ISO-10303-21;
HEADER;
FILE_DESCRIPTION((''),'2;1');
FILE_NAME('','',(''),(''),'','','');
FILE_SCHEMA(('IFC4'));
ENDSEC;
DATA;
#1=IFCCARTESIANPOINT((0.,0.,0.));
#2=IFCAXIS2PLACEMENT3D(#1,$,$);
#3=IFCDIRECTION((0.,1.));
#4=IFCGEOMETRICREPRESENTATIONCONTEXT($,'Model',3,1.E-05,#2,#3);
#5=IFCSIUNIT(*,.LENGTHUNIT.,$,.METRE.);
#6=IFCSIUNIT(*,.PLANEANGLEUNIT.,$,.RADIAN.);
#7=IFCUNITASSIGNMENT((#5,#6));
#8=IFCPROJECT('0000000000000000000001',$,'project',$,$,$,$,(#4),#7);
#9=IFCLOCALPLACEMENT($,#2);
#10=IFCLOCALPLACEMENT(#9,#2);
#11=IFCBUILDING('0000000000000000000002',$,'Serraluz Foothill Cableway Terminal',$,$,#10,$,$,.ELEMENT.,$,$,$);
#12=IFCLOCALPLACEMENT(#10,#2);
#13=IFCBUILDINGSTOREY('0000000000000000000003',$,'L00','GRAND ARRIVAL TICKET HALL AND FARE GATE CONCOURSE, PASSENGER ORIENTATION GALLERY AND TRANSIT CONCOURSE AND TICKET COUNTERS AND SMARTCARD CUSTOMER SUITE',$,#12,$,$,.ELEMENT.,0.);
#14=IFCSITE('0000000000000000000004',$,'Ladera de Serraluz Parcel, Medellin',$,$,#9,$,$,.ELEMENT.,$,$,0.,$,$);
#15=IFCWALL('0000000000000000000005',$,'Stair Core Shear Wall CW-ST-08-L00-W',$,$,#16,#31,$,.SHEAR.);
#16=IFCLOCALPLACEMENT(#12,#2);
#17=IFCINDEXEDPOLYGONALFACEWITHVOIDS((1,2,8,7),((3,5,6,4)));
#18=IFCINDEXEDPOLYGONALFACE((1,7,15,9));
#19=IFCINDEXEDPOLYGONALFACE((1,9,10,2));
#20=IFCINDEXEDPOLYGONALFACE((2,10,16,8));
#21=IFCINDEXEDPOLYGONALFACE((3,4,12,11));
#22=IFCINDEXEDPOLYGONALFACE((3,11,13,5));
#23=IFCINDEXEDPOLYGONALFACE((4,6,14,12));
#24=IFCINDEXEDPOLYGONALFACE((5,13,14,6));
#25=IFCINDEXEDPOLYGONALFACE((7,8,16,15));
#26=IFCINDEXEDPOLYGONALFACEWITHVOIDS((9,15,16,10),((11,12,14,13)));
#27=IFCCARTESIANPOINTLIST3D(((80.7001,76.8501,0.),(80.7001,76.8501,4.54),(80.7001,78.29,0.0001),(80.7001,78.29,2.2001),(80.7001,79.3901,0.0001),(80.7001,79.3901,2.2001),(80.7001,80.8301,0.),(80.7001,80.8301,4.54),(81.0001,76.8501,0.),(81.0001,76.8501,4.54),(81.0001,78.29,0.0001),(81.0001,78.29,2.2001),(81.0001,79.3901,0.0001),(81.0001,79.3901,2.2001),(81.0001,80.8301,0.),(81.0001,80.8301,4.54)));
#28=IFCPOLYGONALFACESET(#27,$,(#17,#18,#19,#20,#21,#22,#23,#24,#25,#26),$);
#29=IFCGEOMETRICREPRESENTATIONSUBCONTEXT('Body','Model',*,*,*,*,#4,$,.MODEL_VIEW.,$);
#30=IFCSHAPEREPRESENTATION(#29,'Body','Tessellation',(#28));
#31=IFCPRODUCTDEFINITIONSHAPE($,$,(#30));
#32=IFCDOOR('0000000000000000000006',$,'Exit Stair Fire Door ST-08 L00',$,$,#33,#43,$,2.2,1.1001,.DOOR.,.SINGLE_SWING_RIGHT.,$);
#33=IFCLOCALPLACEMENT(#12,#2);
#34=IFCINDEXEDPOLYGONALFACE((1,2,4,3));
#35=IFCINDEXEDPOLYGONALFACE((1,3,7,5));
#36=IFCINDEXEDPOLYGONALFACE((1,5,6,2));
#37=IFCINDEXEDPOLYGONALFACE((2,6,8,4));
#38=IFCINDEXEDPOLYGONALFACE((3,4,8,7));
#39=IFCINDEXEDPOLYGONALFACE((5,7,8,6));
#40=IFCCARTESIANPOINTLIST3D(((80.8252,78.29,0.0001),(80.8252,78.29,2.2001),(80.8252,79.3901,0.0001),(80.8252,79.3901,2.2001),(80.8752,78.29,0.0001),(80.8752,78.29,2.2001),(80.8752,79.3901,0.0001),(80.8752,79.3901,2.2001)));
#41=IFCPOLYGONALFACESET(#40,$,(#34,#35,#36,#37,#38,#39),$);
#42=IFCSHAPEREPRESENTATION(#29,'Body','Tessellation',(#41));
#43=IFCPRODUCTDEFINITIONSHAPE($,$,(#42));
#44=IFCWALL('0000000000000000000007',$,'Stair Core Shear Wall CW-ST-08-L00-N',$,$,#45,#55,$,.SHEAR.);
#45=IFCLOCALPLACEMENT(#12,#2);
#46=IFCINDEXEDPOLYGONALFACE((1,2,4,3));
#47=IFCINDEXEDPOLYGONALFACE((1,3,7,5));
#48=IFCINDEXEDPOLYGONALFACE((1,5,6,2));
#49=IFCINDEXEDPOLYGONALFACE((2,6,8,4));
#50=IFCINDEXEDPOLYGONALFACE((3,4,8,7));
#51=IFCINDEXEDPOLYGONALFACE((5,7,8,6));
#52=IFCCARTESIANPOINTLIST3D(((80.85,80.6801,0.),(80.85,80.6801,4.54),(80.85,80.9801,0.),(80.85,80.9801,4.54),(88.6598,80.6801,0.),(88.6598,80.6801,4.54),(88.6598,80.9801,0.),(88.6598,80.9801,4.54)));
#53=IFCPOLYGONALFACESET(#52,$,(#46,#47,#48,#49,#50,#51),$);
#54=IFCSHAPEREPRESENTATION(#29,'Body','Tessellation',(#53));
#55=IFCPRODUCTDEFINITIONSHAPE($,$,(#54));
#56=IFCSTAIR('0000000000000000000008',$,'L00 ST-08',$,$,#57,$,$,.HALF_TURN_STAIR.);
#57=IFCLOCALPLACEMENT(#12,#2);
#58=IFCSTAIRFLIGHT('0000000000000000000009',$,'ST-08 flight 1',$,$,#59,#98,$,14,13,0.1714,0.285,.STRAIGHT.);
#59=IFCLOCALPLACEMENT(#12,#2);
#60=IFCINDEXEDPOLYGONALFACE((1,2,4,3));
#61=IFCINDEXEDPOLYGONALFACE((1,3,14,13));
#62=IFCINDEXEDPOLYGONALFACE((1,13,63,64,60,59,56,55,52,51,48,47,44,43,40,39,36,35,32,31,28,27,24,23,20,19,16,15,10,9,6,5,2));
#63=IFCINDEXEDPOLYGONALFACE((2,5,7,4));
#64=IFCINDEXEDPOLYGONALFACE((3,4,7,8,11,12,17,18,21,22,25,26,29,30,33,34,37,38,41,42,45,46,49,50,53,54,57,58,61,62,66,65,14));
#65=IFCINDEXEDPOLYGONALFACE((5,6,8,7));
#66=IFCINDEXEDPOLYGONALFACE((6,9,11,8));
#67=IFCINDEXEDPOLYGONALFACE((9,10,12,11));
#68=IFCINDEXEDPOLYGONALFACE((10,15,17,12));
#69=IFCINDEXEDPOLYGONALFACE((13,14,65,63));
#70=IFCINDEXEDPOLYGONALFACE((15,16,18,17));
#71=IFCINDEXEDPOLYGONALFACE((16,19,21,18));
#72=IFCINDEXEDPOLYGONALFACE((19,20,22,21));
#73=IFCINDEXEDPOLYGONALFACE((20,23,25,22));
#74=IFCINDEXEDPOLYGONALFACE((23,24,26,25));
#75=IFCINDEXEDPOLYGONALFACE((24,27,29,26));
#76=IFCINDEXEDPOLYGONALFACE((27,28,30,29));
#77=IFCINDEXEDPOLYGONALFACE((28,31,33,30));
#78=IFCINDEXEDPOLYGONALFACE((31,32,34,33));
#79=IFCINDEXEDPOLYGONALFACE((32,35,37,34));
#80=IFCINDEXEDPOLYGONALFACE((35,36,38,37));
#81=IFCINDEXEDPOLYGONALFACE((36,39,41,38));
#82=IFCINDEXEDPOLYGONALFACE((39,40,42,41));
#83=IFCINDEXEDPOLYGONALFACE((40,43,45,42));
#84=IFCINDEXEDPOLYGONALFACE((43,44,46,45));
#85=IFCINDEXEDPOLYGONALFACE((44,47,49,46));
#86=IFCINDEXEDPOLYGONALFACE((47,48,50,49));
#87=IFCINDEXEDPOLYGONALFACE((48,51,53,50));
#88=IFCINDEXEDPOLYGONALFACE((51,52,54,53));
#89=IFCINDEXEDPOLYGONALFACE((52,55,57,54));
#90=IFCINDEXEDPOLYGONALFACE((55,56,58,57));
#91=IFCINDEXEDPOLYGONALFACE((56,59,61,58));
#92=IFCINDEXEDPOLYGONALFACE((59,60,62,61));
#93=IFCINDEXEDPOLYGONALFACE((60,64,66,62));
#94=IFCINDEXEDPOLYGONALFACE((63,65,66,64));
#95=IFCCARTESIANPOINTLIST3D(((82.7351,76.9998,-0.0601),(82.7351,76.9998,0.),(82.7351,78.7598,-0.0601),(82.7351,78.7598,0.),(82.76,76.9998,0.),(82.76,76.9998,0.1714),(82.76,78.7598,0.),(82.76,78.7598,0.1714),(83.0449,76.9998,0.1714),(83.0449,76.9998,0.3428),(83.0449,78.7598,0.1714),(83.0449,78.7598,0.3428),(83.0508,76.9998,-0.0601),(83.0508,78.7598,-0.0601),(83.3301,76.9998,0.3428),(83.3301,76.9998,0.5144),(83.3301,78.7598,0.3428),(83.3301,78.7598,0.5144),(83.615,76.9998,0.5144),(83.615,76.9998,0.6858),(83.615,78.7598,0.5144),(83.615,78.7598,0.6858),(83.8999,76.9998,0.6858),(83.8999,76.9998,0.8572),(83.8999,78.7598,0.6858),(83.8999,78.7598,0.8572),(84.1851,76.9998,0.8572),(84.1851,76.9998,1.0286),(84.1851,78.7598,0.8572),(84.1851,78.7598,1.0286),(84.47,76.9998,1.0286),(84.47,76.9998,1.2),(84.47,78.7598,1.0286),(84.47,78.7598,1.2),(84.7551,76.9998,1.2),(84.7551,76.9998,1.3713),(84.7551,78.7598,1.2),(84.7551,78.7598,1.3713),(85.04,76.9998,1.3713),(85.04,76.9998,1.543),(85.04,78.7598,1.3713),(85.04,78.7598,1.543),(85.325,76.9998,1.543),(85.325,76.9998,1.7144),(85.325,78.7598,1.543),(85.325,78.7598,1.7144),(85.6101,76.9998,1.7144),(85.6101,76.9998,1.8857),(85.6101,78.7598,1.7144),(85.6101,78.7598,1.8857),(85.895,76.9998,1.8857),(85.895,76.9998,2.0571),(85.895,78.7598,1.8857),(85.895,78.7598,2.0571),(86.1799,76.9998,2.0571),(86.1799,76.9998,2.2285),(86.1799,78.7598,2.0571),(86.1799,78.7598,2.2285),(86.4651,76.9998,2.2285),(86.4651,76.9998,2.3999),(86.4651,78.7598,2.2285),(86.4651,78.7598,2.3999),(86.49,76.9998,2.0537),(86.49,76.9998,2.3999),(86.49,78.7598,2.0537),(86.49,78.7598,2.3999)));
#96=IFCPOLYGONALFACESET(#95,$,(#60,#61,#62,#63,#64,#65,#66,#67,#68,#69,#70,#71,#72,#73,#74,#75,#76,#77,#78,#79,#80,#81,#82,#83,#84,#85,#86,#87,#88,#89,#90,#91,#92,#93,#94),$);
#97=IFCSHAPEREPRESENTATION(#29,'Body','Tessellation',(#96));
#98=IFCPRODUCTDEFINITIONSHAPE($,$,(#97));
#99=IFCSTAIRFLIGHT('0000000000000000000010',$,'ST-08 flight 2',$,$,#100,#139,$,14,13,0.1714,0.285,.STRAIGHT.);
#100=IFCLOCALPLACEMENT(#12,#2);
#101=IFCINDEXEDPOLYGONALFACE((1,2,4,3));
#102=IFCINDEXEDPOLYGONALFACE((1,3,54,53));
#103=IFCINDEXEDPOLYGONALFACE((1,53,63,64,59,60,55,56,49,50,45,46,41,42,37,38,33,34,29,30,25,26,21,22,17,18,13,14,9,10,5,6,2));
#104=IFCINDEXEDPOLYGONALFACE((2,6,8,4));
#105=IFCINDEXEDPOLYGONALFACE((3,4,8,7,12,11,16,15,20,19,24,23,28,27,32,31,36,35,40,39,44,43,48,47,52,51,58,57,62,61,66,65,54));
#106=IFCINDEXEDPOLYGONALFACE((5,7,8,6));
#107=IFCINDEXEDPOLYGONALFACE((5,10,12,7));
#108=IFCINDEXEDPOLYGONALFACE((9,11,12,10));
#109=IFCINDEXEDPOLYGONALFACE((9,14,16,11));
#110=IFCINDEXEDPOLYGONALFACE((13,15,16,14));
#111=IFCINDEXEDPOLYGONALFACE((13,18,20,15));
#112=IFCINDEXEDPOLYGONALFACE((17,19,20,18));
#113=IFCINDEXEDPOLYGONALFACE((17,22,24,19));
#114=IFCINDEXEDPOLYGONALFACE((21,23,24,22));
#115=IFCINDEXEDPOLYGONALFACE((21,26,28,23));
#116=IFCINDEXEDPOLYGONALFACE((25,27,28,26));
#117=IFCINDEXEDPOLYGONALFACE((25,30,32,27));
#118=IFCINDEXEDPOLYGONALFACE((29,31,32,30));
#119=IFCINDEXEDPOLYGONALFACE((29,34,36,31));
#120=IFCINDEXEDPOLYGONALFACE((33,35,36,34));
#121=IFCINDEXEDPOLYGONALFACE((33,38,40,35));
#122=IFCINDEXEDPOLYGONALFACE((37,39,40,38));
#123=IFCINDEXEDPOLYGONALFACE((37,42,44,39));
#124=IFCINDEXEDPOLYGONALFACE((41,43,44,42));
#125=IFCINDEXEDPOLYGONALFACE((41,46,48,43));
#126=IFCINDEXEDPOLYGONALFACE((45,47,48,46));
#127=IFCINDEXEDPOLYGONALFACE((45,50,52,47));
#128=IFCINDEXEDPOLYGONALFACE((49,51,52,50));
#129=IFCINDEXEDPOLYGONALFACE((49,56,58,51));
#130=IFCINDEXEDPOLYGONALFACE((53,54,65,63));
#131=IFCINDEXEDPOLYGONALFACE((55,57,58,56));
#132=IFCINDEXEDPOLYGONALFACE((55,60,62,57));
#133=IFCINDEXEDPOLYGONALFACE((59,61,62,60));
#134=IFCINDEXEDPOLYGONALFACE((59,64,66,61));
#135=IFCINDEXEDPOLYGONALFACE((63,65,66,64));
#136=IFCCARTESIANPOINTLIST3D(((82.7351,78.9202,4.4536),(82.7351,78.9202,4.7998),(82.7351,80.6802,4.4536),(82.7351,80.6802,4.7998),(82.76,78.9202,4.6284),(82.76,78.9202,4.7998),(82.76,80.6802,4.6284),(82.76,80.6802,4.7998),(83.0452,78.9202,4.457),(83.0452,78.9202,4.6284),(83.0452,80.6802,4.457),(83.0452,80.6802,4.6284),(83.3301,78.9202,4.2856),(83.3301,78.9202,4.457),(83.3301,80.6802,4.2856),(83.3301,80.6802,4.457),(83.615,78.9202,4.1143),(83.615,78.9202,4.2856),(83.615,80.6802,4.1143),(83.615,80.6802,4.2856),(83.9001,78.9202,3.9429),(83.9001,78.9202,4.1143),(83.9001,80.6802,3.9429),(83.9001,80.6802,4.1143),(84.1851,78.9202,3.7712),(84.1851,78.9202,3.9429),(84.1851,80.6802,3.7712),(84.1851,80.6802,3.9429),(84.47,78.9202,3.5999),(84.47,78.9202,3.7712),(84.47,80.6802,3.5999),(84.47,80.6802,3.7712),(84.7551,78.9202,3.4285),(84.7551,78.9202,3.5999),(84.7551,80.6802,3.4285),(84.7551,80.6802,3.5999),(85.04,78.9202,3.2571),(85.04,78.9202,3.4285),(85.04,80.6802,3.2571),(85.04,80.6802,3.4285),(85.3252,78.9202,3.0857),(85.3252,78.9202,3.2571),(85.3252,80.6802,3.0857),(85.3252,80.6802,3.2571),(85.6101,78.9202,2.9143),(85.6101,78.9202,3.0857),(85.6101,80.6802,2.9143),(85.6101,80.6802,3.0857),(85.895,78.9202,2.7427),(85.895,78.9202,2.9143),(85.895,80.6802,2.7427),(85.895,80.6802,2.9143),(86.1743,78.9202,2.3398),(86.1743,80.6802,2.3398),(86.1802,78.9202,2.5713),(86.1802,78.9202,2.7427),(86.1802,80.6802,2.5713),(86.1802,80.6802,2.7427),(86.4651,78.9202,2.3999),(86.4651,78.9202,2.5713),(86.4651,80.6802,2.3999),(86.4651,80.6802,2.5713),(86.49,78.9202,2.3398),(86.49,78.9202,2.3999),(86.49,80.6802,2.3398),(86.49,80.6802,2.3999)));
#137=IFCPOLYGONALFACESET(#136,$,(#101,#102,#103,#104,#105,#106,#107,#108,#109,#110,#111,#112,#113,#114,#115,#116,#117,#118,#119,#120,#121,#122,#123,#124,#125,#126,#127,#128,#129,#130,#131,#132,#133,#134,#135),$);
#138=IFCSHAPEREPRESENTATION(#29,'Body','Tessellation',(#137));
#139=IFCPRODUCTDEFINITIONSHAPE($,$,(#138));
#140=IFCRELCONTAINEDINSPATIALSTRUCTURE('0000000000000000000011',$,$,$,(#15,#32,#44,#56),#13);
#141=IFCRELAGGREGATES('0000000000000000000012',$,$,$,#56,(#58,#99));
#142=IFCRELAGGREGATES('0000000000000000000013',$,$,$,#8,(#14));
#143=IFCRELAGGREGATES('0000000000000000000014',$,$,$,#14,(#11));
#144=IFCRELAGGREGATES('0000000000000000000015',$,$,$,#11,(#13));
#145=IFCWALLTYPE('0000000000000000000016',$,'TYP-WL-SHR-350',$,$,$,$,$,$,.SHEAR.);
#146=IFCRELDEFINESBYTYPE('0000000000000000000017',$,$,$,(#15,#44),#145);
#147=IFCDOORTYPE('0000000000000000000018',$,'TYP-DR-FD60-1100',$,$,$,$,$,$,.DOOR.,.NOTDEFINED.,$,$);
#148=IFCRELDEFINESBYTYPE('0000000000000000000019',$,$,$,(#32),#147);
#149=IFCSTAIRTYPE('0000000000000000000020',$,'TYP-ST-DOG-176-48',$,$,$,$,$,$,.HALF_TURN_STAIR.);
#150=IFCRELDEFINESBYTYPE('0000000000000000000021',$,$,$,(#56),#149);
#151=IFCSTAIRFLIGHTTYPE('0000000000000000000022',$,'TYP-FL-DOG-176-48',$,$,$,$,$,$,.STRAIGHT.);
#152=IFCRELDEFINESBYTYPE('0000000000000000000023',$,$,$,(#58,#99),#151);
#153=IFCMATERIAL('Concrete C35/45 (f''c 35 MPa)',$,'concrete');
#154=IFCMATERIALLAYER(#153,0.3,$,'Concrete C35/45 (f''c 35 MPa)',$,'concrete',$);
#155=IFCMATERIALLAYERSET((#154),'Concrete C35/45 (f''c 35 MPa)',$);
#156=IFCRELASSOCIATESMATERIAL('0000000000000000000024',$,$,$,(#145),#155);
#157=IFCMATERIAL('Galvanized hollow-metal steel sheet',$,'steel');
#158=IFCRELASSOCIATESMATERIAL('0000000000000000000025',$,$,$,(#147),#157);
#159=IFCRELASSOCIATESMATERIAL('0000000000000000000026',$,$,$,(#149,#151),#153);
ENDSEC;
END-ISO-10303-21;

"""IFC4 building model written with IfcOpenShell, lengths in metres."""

from ifc_helpers import new_model, si_unit, direction, frame, frame_2d, origin, place, context, subcontext, project, spatial, polyline, rectangle, outline, extrude, material, layer, layer_set, type_object, element, fill, aggregate, save


model = new_model("IFC4")

# Units and contexts
model_context = context("Model", 3, precision=1e-05, world=origin(), true_north=direction((0.0, 1.0)))
body_context = subcontext(model_context, "Body", "Model", "MODEL_VIEW")
ifc_project = project(units=[si_unit("LENGTHUNIT", "METRE"), si_unit("PLANEANGLEUNIT", "RADIAN")], contexts=[model_context])

# Site, building, storey
site_placement = place(None, origin())
site = spatial("IfcSite", under=ifc_project, at=site_placement, Name="Ladera de Serraluz Parcel, Medellin", CompositionType="ELEMENT", RefElevation=0.0)
building_placement = place(site_placement, origin())
building = spatial("IfcBuilding", under=site, at=building_placement, Name="Serraluz Foothill Cableway Terminal", CompositionType="ELEMENT")
storey_placement = place(building_placement, origin())
storey = spatial("IfcBuildingStorey", under=building, at=storey_placement, Name="L00", Description="GRAND ARRIVAL TICKET HALL AND FARE GATE CONCOURSE, PASSENGER ORIENTATION GALLERY AND TRANSIT CONCOURSE AND TICKET COUNTERS AND SMARTCARD CUSTOMER SUITE", CompositionType="ELEMENT", Elevation=0.0)

# Shared definitions
ifc_material_1 = material(Name="Concrete C35/45 (f'c 35 MPa)", Category="concrete")

# Wall, opening, door
ifc_layer_1 = layer(ifc_material_1, 0.3, Name="Concrete C35/45 (f'c 35 MPa)", Category="concrete")
ifc_layer_set_1 = layer_set([ifc_layer_1], Name="Concrete C35/45 (f'c 35 MPa)")
wall_type = type_object("IfcWallType", Name="TYP-WL-SHR-350", PredefinedType="SHEAR", material=ifc_layer_set_1)
wall_1_placement = place(storey_placement, frame((80.8501, 76.8501, 0.0), z_axis=(0.0, 0.0, 1.0), x_axis=(0.0, 1.0, 0.0)))
wall_1 = element("IfcWall", 1, at=wall_1_placement, inside=storey, type_object=wall_type, Name="Stair Core Shear Wall CW-ST-08-L00-W", PredefinedType="SHEAR", context=body_context, shape_type="SweptSolid", body=[
    extrude(rectangle(XDim=3.98, YDim=0.3, at=frame_2d((1.99, 0.0))), origin(), (0.0, 0.0, 1.0), 4.54),
])
opening_placement = place(wall_1_placement, frame((1.4399, 0.0, 0.0)))
opening = element("IfcOpeningElement", 2, at=opening_placement, cuts=wall_1, PredefinedType="OPENING", context=body_context, shape_type="SweptSolid", body=[
    extrude(rectangle(XDim=1.1001, YDim=2.2, at=frame_2d((0.55, 1.1001))), frame((0.0, 0.1602, 0.0), z_axis=(0.0, -1.0, 0.0), x_axis=(1.0, 0.0, 0.0)), (0.0, 0.0, 1.0), 0.3201),
])
ifc_material_2 = material(Name="Galvanized hollow-metal steel sheet", Category="steel")
door_type = type_object("IfcDoorType", Name="TYP-DR-FD60-1100", OperationType="NOTDEFINED", PredefinedType="DOOR", material=ifc_material_2)
door_placement = place(opening_placement, origin())
door = element("IfcDoor", 3, at=door_placement, inside=storey, type_object=door_type, Name="Exit Stair Fire Door ST-08 L00", OperationType="SINGLE_SWING_RIGHT", OverallHeight=2.2, OverallWidth=1.1001, PredefinedType="DOOR", context=body_context, shape_type="SweptSolid", body=[
    extrude(rectangle(XDim=1.1001, YDim=2.2, at=frame_2d((0.55, 1.1001))), frame((0.0, 0.0249, 0.0), z_axis=(0.0, -1.0, 0.0), x_axis=(1.0, 0.0, 0.0)), (0.0, 0.0, 1.0), 0.05),
])
fill(opening, door)

# Wall
wall_2_placement = place(storey_placement, frame((80.8501, 80.8301, 0.0), z_axis=(0.0, 0.0, 1.0), x_axis=(1.0, 0.0, 0.0)))
element("IfcWall", 4, at=wall_2_placement, inside=storey, type_object=wall_type, Name="Stair Core Shear Wall CW-ST-08-L00-N", PredefinedType="SHEAR", context=body_context, shape_type="SweptSolid", body=[
    extrude(rectangle(XDim=7.8098, YDim=0.3, at=frame_2d((3.9048, 0.0))), origin(), (0.0, 0.0, 1.0), 4.54),
])

# Stair, stair flights
stair_type = type_object("IfcStairType", Name="TYP-ST-DOG-176-48", PredefinedType="HALF_TURN_STAIR", material=ifc_material_1)
stair_placement = place(storey_placement, origin())
stair = element("IfcStair", 5, at=stair_placement, inside=storey, type_object=stair_type, Name="L00 ST-08", PredefinedType="HALF_TURN_STAIR")
stair_flight_type = type_object("IfcStairFlightType", Name="TYP-FL-DOG-176-48", PredefinedType="STRAIGHT", material=ifc_material_1)
stair_flight_1_placement = place(storey_placement, frame((82.76, 77.8799, 0.0), z_axis=(0.0, 0.0, 1.0), x_axis=(1.0, 0.0, 0.0)))
stair_flight_1 = element("IfcStairFlight", 6, at=stair_flight_1_placement, type_object=stair_flight_type, Name="ST-08 flight 1", NumberOfRisers=14, NumberOfTreads=13, PredefinedType="STRAIGHT", RiserHeight=0.1714, TreadLength=0.285, context=body_context, shape_type="SweptSolid", body=[
    extrude(outline(polyline([(-0.0249, -0.0601), (-0.0249, 0.0), (0.0, 0.0), (0.0, 0.1714), (0.2849, 0.1714), (0.2849, 0.3428), (0.5701, 0.3428), (0.5701, 0.5144), (0.855, 0.5144), (0.855, 0.6858), (1.1399, 0.6858), (1.1399, 0.8572), (1.425, 0.8572), (1.425, 1.0286), (1.71, 1.0286), (1.71, 1.2), (1.9951, 1.2), (1.9951, 1.3713), (2.28, 1.3713), (2.28, 1.543), (2.5649, 1.543), (2.5649, 1.7144), (2.8501, 1.7144), (2.8501, 1.8857), (3.135, 1.8857), (3.135, 2.0571), (3.4199, 2.0571), (3.4199, 2.2285), (3.7051, 2.2285), (3.7051, 2.3999), (3.73, 2.3999), (3.73, 2.0537), (0.2908, -0.0601), (-0.0249, -0.0601)])), frame((0.0, 0.8799, 0.0), z_axis=(0.0, -1.0, 0.0), x_axis=(1.0, 0.0, 0.0)), (0.0, 0.0, 1.0), 1.76),
])
stair_flight_2_placement = place(storey_placement, frame((86.4651, 79.8, 2.3999), z_axis=(0.0, 0.0, 1.0), x_axis=(-1.0, 0.0, 0.0)))
stair_flight_2 = element("IfcStairFlight", 7, at=stair_flight_2_placement, type_object=stair_flight_type, Name="ST-08 flight 2", NumberOfRisers=14, NumberOfTreads=13, PredefinedType="STRAIGHT", RiserHeight=0.1714, TreadLength=0.285, context=body_context, shape_type="SweptSolid", body=[
    extrude(outline(polyline([(-0.0249, -0.0601), (-0.0249, 0.0), (0.0, 0.0), (0.0, 0.1714), (0.2849, 0.1714), (0.2849, 0.3428), (0.5701, 0.3428), (0.5701, 0.5144), (0.855, 0.5144), (0.855, 0.6858), (1.1399, 0.6858), (1.1399, 0.8572), (1.425, 0.8572), (1.425, 1.0286), (1.71, 1.0286), (1.71, 1.2), (1.9951, 1.2), (1.9951, 1.3713), (2.28, 1.3713), (2.28, 1.543), (2.5649, 1.543), (2.5649, 1.7144), (2.8501, 1.7144), (2.8501, 1.8857), (3.135, 1.8857), (3.135, 2.0571), (3.4199, 2.0571), (3.4199, 2.2285), (3.7051, 2.2285), (3.7051, 2.3999), (3.73, 2.3999), (3.73, 2.0537), (0.2908, -0.0601), (-0.0249, -0.0601)])), frame((0.0, 0.8799, 0.0), z_axis=(0.0, -1.0, 0.0), x_axis=(1.0, 0.0, 0.0)), (0.0, 0.0, 1.0), 1.76),
])
aggregate(stair, [stair_flight_1, stair_flight_2])

save(model, "model.ifc")
